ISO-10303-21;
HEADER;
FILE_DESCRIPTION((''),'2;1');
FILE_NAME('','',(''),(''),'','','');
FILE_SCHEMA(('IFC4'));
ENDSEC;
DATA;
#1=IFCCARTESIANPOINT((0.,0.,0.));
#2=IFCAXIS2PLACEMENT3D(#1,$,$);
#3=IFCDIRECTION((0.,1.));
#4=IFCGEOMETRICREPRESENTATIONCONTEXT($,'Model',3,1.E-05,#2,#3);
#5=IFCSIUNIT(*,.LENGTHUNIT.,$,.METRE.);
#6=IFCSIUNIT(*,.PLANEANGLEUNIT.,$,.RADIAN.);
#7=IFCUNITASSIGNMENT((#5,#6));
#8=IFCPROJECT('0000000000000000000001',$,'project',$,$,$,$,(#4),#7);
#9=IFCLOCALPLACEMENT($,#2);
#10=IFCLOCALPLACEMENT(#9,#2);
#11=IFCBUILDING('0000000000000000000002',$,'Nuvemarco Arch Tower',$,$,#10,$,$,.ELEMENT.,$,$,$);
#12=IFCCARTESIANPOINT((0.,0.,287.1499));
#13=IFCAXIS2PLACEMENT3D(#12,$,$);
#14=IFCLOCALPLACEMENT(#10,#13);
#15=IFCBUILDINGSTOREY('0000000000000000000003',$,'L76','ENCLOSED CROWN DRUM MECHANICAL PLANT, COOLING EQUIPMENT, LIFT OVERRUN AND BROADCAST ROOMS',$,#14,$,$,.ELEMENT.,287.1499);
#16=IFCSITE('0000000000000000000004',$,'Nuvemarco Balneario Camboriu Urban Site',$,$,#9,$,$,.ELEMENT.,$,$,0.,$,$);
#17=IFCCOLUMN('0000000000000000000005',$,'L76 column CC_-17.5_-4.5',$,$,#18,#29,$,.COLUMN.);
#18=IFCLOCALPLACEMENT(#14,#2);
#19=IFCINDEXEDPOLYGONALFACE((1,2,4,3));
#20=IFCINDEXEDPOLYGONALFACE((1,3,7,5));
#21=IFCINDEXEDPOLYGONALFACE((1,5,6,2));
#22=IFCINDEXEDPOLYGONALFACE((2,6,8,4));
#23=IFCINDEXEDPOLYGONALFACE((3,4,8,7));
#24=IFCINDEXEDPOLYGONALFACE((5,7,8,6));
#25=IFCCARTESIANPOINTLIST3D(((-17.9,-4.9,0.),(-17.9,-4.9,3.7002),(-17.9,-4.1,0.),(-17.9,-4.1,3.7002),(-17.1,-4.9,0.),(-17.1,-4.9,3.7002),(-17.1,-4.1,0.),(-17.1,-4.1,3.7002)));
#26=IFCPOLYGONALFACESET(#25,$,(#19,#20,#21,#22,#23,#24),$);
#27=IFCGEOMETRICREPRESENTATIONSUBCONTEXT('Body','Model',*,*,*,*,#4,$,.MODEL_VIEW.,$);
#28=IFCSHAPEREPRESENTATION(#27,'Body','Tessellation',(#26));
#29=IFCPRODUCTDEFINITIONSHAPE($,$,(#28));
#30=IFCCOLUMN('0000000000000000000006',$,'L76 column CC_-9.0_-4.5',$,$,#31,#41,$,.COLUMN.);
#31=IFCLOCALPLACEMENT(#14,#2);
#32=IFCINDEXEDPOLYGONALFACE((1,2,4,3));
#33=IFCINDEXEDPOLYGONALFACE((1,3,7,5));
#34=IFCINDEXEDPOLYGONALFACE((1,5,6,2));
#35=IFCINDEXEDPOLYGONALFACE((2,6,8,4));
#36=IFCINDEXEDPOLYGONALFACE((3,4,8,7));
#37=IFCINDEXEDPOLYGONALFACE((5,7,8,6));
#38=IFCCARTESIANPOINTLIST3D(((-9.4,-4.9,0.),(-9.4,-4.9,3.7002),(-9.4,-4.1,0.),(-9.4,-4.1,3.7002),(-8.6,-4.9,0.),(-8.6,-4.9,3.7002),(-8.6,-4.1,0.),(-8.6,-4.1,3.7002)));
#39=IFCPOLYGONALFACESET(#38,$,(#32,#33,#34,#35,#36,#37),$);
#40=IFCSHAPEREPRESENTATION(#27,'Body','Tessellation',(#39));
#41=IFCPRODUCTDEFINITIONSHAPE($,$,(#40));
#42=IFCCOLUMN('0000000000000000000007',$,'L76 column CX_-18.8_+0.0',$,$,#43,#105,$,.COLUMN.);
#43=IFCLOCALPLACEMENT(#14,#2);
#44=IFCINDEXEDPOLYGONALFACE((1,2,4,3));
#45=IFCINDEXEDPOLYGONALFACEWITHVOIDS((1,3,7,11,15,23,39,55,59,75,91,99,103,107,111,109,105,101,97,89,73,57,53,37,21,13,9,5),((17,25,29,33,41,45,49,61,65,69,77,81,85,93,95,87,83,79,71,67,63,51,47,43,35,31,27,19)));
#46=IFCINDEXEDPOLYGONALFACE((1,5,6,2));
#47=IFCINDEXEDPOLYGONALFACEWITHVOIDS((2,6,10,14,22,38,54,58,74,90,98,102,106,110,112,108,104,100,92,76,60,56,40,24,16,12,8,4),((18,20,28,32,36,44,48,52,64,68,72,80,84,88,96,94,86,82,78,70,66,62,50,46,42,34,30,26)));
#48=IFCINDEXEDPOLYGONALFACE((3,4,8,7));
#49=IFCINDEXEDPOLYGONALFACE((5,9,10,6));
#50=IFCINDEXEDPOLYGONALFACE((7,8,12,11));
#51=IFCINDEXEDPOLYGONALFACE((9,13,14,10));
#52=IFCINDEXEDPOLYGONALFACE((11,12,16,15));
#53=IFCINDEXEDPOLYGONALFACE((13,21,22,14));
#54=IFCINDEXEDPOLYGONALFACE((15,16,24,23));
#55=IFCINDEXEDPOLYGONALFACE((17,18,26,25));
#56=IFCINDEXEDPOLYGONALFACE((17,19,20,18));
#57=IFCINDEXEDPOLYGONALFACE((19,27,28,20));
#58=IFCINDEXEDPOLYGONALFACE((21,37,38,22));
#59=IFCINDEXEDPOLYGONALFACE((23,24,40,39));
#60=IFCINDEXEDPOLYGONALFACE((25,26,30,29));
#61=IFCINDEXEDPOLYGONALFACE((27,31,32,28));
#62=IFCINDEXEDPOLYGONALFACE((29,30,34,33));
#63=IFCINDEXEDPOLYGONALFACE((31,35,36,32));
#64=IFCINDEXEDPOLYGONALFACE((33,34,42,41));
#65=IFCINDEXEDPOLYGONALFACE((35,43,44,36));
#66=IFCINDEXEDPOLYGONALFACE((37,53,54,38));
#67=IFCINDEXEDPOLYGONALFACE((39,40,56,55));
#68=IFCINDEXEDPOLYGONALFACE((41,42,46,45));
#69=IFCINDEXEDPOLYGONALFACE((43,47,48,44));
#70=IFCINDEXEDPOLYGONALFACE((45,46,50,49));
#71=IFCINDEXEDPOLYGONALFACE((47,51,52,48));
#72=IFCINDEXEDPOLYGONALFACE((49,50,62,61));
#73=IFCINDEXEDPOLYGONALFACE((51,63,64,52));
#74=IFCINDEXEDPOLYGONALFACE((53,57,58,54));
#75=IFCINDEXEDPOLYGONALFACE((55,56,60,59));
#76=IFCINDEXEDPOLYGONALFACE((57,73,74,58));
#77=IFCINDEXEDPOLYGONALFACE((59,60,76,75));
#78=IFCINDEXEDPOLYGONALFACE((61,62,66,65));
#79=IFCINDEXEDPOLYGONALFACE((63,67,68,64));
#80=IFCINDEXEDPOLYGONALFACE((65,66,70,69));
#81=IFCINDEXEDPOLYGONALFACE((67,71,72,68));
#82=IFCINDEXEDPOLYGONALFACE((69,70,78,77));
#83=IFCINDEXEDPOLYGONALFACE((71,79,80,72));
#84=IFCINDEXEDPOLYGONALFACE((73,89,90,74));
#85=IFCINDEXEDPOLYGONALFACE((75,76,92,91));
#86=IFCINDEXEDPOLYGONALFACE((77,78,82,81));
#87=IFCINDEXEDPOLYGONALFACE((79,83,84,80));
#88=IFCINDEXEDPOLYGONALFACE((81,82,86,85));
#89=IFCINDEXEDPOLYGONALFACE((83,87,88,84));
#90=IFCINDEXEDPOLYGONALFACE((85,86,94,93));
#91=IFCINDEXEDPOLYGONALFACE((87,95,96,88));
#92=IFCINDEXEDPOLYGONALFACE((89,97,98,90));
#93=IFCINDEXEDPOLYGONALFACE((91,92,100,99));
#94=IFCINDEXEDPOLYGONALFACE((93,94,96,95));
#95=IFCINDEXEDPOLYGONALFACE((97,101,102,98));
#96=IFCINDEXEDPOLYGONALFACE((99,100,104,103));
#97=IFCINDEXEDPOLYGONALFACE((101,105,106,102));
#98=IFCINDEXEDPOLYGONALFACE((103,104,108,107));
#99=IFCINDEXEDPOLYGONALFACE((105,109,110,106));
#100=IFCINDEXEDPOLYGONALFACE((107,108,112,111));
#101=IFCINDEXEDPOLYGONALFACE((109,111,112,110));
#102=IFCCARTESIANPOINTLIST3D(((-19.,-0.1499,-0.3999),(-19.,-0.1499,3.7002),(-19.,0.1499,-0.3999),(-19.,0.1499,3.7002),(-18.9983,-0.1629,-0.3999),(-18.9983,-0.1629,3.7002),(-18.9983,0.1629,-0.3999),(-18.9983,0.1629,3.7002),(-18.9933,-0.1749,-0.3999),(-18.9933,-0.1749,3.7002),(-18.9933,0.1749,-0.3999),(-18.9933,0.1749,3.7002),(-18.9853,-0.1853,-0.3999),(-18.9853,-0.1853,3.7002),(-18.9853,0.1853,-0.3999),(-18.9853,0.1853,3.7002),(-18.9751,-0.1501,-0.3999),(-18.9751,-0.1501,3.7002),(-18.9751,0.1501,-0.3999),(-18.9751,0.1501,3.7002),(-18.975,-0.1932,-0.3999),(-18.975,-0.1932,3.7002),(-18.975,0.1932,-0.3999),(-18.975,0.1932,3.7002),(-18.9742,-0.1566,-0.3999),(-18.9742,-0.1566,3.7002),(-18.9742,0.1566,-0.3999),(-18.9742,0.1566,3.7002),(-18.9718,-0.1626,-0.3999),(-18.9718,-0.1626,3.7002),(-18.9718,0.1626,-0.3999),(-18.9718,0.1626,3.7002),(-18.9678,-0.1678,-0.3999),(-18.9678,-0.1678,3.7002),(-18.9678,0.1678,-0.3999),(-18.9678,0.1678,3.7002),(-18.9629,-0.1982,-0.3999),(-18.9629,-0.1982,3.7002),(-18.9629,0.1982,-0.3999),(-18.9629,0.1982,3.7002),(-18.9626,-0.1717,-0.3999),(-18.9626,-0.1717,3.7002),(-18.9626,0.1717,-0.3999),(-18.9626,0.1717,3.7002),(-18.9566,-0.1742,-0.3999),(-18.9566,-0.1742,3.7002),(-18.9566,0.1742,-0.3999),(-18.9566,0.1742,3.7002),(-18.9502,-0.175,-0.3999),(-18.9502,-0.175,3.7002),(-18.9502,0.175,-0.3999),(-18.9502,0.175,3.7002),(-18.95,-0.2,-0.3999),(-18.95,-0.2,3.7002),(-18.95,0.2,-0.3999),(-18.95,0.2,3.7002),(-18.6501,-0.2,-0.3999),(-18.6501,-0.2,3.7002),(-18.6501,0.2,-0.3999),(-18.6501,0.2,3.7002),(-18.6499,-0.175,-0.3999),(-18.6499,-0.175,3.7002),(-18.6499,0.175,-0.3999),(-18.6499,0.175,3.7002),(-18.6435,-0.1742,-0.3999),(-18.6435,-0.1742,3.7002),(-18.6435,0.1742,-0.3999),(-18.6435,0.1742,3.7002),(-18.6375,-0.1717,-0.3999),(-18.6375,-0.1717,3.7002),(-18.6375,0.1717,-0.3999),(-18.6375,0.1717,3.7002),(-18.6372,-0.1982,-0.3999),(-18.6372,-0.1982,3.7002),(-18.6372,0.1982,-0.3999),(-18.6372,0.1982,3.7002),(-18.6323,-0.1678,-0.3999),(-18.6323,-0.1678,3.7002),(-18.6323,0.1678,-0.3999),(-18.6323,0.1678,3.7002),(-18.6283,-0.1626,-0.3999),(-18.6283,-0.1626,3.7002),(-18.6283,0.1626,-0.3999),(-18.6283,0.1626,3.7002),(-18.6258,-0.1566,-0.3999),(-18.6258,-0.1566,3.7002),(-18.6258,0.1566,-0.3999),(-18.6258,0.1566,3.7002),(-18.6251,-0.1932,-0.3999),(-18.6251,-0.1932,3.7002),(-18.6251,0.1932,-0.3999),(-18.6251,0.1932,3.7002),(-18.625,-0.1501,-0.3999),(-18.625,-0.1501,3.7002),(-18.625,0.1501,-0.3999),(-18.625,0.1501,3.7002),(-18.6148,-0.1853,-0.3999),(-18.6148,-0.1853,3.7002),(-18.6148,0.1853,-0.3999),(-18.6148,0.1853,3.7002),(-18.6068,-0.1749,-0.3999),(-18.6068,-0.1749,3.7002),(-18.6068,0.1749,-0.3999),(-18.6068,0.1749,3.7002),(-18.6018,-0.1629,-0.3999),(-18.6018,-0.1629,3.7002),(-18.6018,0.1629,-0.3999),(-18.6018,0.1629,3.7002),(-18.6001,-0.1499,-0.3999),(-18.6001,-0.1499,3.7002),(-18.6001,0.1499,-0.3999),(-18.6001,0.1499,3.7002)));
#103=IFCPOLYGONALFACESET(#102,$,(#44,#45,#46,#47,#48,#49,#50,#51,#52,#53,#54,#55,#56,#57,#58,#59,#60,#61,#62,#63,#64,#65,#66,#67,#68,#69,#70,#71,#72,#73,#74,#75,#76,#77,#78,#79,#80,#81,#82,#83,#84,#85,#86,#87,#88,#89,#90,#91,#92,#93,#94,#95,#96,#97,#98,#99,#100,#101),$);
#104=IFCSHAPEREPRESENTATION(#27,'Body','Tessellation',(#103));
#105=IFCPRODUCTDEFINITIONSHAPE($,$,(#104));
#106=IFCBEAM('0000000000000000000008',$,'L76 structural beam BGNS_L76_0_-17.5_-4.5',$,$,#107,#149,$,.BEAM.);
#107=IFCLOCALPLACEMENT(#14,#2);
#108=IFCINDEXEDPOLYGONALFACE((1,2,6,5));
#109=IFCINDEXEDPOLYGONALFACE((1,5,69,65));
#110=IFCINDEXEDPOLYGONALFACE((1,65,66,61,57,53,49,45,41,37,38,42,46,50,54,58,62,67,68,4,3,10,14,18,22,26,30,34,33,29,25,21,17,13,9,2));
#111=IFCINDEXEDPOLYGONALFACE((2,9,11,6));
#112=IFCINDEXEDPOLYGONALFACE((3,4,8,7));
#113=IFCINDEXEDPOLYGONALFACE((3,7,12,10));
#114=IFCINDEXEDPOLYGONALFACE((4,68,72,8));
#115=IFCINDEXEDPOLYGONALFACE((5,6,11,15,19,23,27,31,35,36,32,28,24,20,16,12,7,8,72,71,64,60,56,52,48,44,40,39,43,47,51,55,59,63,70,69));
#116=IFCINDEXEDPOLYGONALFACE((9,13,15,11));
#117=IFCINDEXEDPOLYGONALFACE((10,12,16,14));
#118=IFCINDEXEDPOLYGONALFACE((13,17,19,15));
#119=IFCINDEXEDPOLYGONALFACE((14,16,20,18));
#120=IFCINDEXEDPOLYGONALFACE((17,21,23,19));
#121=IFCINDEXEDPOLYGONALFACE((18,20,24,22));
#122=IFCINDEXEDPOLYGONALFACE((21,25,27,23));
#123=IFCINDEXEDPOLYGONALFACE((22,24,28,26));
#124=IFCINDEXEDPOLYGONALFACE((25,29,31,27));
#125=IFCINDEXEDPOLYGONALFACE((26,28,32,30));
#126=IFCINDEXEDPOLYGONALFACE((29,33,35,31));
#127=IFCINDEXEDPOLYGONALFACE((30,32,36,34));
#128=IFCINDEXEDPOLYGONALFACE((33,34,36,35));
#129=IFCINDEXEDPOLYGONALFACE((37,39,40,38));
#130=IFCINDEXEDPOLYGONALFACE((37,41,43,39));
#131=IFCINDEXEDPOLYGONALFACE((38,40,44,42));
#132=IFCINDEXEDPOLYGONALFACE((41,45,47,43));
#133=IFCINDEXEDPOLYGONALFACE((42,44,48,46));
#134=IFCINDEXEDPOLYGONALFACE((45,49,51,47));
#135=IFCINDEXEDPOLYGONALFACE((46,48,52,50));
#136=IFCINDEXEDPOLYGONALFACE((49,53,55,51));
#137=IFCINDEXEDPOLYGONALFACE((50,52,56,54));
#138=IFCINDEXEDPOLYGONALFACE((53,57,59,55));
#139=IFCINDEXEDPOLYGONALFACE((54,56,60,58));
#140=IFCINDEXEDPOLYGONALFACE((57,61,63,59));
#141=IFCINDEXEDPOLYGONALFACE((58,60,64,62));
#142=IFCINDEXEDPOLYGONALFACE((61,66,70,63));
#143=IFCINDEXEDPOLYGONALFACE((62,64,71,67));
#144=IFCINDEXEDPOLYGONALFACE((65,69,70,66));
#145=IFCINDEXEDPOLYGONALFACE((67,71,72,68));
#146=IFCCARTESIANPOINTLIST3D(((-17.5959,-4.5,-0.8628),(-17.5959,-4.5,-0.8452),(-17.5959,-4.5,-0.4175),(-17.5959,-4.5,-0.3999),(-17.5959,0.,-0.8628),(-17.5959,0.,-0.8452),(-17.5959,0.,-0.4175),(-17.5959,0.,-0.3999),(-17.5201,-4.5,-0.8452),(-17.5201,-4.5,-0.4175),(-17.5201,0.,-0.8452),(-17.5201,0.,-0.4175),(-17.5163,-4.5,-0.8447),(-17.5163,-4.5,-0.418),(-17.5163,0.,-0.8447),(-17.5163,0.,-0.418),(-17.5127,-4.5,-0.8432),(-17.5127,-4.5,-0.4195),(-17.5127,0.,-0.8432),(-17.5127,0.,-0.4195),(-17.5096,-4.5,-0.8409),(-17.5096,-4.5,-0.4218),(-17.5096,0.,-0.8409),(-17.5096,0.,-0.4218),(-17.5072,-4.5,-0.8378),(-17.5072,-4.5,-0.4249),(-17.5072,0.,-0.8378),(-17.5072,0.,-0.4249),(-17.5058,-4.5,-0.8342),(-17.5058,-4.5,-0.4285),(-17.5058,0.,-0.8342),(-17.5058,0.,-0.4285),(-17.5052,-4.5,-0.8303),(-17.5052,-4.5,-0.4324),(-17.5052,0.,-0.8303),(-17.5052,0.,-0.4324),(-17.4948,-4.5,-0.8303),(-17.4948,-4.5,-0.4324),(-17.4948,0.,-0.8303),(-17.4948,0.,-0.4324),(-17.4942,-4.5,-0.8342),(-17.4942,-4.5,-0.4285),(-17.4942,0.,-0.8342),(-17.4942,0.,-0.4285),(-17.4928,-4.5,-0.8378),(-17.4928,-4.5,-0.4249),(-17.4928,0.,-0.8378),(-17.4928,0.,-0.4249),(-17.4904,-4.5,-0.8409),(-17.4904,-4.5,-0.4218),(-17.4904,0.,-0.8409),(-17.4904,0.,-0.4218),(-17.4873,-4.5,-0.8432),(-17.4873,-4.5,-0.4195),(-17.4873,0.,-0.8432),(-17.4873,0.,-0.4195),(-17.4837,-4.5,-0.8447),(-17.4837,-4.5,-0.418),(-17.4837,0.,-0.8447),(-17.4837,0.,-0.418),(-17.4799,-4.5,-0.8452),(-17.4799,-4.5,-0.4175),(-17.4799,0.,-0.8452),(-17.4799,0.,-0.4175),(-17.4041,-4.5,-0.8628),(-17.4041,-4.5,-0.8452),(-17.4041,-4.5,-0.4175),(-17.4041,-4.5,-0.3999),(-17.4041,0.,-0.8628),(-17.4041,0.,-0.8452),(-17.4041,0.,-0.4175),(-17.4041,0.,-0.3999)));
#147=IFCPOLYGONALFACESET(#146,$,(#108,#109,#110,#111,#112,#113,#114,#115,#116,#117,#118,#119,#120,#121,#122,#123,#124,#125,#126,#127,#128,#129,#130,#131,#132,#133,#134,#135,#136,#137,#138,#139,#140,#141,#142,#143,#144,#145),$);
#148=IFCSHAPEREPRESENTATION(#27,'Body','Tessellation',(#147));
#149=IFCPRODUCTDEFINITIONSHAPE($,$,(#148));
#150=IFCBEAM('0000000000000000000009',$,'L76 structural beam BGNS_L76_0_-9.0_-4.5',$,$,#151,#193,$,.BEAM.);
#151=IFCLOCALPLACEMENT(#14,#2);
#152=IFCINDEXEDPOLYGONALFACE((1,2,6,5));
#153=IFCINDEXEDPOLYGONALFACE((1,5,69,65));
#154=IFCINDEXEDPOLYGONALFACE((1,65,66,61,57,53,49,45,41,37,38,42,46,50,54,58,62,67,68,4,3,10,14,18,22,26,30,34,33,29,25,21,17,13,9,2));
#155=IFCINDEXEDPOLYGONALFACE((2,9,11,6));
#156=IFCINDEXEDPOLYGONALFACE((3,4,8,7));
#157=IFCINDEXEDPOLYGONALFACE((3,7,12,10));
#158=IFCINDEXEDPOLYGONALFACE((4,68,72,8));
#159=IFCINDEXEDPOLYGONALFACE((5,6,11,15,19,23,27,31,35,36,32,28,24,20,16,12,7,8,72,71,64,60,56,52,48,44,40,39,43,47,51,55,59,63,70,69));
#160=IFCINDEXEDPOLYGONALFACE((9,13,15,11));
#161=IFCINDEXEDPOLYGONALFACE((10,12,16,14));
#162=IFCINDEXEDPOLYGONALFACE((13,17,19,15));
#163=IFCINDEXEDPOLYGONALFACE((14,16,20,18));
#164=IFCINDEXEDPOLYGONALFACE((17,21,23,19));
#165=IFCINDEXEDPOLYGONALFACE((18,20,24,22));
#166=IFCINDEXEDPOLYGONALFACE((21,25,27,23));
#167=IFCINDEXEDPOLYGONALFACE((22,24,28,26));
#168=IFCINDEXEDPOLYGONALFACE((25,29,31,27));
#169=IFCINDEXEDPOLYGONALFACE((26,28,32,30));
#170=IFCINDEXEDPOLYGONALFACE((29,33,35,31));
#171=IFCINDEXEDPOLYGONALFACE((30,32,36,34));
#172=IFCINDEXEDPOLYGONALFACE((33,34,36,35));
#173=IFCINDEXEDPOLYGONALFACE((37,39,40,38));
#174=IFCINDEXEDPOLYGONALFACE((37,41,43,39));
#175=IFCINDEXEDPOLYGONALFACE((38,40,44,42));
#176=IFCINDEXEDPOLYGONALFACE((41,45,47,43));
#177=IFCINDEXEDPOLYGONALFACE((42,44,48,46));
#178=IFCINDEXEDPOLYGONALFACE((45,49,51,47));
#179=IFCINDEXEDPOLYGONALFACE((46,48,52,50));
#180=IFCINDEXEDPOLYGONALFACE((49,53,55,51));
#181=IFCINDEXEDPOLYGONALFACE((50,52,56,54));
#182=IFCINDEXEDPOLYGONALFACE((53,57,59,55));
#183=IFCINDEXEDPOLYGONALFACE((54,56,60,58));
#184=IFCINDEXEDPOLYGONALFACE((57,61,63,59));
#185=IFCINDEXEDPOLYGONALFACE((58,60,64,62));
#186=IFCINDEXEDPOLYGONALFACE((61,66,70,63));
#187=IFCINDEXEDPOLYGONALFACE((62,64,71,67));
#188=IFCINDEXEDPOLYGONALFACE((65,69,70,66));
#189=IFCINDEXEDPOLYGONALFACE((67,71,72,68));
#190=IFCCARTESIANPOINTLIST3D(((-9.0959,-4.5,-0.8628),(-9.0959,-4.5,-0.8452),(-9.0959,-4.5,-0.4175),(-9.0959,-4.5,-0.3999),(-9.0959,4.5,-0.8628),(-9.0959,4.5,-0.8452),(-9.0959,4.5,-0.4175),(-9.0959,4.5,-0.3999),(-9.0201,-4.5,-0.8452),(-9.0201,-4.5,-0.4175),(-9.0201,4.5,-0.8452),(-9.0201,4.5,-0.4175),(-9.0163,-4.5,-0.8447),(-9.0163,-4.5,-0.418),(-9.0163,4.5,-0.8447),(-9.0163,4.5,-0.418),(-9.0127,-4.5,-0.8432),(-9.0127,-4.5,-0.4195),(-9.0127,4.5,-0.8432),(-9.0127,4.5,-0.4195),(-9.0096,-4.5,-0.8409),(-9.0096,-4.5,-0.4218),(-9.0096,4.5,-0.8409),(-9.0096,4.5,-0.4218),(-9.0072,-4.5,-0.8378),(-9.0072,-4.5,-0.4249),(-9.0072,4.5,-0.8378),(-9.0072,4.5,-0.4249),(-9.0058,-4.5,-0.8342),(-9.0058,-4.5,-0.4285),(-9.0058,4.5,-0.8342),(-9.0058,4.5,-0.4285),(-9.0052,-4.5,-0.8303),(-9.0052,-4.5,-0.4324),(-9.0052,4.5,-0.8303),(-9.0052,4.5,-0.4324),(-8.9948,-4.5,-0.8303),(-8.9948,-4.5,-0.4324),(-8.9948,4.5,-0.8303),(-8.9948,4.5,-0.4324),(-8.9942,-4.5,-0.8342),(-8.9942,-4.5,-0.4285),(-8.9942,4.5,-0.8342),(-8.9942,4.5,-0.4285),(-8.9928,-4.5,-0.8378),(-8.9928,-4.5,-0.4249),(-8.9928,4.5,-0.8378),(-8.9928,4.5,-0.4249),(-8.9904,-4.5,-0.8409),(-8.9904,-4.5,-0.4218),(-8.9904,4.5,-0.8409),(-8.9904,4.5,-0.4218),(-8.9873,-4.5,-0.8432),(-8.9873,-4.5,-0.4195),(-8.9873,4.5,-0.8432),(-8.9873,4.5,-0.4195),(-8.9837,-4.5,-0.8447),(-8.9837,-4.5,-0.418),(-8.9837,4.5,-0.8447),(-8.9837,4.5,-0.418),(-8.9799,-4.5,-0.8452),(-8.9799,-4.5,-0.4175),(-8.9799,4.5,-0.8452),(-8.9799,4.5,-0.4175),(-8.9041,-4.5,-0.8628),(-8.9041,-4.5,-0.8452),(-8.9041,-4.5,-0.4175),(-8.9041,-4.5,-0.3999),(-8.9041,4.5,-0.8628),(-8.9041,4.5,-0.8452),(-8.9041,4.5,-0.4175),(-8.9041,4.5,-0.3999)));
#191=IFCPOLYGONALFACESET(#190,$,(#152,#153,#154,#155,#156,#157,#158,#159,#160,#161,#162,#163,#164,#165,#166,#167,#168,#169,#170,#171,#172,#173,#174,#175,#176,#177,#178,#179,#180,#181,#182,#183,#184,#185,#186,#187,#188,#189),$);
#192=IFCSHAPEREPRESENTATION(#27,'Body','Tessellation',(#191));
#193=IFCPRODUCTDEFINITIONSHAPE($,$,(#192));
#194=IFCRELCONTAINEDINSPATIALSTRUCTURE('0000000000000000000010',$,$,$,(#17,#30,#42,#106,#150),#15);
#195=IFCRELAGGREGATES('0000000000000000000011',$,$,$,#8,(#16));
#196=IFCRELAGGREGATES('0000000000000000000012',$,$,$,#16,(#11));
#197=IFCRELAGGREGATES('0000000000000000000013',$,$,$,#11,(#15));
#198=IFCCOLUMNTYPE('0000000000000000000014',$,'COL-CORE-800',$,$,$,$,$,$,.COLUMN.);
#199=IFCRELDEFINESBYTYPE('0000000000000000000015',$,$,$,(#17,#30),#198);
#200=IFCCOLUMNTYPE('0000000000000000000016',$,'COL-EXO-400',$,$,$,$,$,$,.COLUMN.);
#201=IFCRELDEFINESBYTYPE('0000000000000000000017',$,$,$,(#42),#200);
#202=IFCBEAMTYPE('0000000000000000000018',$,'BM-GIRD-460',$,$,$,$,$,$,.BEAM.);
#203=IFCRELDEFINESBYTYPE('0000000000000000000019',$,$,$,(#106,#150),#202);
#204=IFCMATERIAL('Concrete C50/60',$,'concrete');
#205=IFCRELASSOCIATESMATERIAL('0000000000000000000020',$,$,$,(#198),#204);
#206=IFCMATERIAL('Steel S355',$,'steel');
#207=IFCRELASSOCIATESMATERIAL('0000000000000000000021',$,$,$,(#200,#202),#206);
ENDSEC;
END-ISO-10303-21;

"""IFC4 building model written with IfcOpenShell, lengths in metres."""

from ifc_helpers import new_model, si_unit, direction, frame, origin, origin_2d, place, context, subcontext, project, spatial, rectangle, hollow_rectangle, i_section, extrude, material, material_profile, profile_set, type_object, element, save


model = new_model("IFC4")

# Units and contexts
model_context = context("Model", 3, precision=1e-05, world=origin(), true_north=direction((0.0, 1.0)))
body_context = subcontext(model_context, "Body", "Model", "MODEL_VIEW")
ifc_project = project(units=[si_unit("LENGTHUNIT", "METRE"), si_unit("PLANEANGLEUNIT", "RADIAN")], contexts=[model_context])

# Site, building, storey
site_placement = place(None, origin())
site = spatial("IfcSite", under=ifc_project, at=site_placement, Name="Nuvemarco Balneario Camboriu Urban Site", CompositionType="ELEMENT", RefElevation=0.0)
building_placement = place(site_placement, origin())
building = spatial("IfcBuilding", under=site, at=building_placement, Name="Nuvemarco Arch Tower", CompositionType="ELEMENT")
storey_placement = place(building_placement, frame((0.0, 0.0, 287.1499)))
storey = spatial("IfcBuildingStorey", under=building, at=storey_placement, Name="L76", Description="ENCLOSED CROWN DRUM MECHANICAL PLANT, COOLING EQUIPMENT, LIFT OVERRUN AND BROADCAST ROOMS", CompositionType="ELEMENT", Elevation=287.1499)

# Columns
ifc_material_1 = material(Name="Concrete C50/60", Category="concrete")
ifc_material_profile_1 = material_profile(ifc_material_1, rectangle(XDim=0.8, YDim=0.8, at=origin_2d()), Name="RC-COL-800x800")
ifc_profile_set_1 = profile_set([ifc_material_profile_1], Name="Concrete C50/60")
column_type_1 = type_object("IfcColumnType", Name="COL-CORE-800", PredefinedType="COLUMN", material=ifc_profile_set_1)
for number, where, z_axis, x_axis, name in (
    (1, (-17.5, -4.5, 0.0), (0.0, 0.0, 1.0), (1.0, 0.0, 0.0), "L76 column CC_-17.5_-4.5"),
    (2, (-9.0, -4.5, 0.0), (0.0, 0.0, 1.0), (1.0, 0.0, 0.0), "L76 column CC_-9.0_-4.5"),
):
    element("IfcColumn", number, at=place(storey_placement, frame(where, z_axis=z_axis, x_axis=x_axis)), inside=storey, type_object=column_type_1, Name=name, PredefinedType="COLUMN", context=body_context, shape_type="SweptSolid", body=[
        extrude(rectangle(XDim=0.8, YDim=0.8, at=origin_2d()), origin(), (0.0, 0.0, 1.0), 3.7002),
    ])
ifc_material_2 = material(Name="Steel S355", Category="steel")
ifc_material_profile_2 = material_profile(ifc_material_2, hollow_rectangle(XDim=0.3999, YDim=0.3999, WallThickness=0.0249, InnerFilletRadius=0.0249, OuterFilletRadius=0.05, at=origin_2d()), Name="SHS400x400x25")
ifc_profile_set_2 = profile_set([ifc_material_profile_2], Name="Steel S355")
column_type_2 = type_object("IfcColumnType", Name="COL-EXO-400", PredefinedType="COLUMN", material=ifc_profile_set_2)
column_placement = place(storey_placement, frame((-18.8, 0.0, -0.3999), z_axis=(0.0, 0.0, 1.0), x_axis=(1.0, 0.0, 0.0)))
element("IfcColumn", 3, at=column_placement, inside=storey, type_object=column_type_2, Name="L76 column CX_-18.8_+0.0", PredefinedType="COLUMN", context=body_context, shape_type="SweptSolid", body=[
    extrude(hollow_rectangle(XDim=0.3999, YDim=0.3999, WallThickness=0.0249, InnerFilletRadius=0.0249, OuterFilletRadius=0.05, at=origin_2d()), origin(), (0.0, 0.0, 1.0), 4.1001),
])

# Beams
ifc_material_profile_3 = material_profile(ifc_material_2, i_section(OverallWidth=0.1919, OverallDepth=0.4629, WebThickness=0.0105, FlangeThickness=0.0176, FilletRadius=0.0149, at=origin_2d()), Name="W460x89")
ifc_profile_set_3 = profile_set([ifc_material_profile_3], Name="Steel S355")
beam_type_1 = type_object("IfcBeamType", Name="BM-GIRD-460", PredefinedType="BEAM", material=ifc_profile_set_3)
beam_1_placement = place(storey_placement, frame((-17.5, -4.5, -0.6313), z_axis=(0.0, 1.0, 0.0), x_axis=(-1.0, 0.0, 0.0)))
element("IfcBeam", 4, at=beam_1_placement, inside=storey, type_object=beam_type_1, Name="L76 structural beam BGNS_L76_0_-17.5_-4.5", PredefinedType="BEAM", context=body_context, shape_type="SweptSolid", body=[
    extrude(i_section(OverallWidth=0.1919, OverallDepth=0.4629, WebThickness=0.0105, FlangeThickness=0.0176, FilletRadius=0.0149, at=origin_2d()), origin(), (0.0, 0.0, 1.0), 4.5),
])
beam_2_placement = place(storey_placement, frame((-9.0, -4.5, -0.6313), z_axis=(0.0, 1.0, 0.0), x_axis=(-1.0, 0.0, 0.0)))
element("IfcBeam", 5, at=beam_2_placement, inside=storey, type_object=beam_type_1, Name="L76 structural beam BGNS_L76_0_-9.0_-4.5", PredefinedType="BEAM", context=body_context, shape_type="SweptSolid", body=[
    extrude(i_section(OverallWidth=0.1919, OverallDepth=0.4629, WebThickness=0.0105, FlangeThickness=0.0176, FilletRadius=0.0149, at=origin_2d()), origin(), (0.0, 0.0, 1.0), 9.0),
])

save(model, "model.ifc")
